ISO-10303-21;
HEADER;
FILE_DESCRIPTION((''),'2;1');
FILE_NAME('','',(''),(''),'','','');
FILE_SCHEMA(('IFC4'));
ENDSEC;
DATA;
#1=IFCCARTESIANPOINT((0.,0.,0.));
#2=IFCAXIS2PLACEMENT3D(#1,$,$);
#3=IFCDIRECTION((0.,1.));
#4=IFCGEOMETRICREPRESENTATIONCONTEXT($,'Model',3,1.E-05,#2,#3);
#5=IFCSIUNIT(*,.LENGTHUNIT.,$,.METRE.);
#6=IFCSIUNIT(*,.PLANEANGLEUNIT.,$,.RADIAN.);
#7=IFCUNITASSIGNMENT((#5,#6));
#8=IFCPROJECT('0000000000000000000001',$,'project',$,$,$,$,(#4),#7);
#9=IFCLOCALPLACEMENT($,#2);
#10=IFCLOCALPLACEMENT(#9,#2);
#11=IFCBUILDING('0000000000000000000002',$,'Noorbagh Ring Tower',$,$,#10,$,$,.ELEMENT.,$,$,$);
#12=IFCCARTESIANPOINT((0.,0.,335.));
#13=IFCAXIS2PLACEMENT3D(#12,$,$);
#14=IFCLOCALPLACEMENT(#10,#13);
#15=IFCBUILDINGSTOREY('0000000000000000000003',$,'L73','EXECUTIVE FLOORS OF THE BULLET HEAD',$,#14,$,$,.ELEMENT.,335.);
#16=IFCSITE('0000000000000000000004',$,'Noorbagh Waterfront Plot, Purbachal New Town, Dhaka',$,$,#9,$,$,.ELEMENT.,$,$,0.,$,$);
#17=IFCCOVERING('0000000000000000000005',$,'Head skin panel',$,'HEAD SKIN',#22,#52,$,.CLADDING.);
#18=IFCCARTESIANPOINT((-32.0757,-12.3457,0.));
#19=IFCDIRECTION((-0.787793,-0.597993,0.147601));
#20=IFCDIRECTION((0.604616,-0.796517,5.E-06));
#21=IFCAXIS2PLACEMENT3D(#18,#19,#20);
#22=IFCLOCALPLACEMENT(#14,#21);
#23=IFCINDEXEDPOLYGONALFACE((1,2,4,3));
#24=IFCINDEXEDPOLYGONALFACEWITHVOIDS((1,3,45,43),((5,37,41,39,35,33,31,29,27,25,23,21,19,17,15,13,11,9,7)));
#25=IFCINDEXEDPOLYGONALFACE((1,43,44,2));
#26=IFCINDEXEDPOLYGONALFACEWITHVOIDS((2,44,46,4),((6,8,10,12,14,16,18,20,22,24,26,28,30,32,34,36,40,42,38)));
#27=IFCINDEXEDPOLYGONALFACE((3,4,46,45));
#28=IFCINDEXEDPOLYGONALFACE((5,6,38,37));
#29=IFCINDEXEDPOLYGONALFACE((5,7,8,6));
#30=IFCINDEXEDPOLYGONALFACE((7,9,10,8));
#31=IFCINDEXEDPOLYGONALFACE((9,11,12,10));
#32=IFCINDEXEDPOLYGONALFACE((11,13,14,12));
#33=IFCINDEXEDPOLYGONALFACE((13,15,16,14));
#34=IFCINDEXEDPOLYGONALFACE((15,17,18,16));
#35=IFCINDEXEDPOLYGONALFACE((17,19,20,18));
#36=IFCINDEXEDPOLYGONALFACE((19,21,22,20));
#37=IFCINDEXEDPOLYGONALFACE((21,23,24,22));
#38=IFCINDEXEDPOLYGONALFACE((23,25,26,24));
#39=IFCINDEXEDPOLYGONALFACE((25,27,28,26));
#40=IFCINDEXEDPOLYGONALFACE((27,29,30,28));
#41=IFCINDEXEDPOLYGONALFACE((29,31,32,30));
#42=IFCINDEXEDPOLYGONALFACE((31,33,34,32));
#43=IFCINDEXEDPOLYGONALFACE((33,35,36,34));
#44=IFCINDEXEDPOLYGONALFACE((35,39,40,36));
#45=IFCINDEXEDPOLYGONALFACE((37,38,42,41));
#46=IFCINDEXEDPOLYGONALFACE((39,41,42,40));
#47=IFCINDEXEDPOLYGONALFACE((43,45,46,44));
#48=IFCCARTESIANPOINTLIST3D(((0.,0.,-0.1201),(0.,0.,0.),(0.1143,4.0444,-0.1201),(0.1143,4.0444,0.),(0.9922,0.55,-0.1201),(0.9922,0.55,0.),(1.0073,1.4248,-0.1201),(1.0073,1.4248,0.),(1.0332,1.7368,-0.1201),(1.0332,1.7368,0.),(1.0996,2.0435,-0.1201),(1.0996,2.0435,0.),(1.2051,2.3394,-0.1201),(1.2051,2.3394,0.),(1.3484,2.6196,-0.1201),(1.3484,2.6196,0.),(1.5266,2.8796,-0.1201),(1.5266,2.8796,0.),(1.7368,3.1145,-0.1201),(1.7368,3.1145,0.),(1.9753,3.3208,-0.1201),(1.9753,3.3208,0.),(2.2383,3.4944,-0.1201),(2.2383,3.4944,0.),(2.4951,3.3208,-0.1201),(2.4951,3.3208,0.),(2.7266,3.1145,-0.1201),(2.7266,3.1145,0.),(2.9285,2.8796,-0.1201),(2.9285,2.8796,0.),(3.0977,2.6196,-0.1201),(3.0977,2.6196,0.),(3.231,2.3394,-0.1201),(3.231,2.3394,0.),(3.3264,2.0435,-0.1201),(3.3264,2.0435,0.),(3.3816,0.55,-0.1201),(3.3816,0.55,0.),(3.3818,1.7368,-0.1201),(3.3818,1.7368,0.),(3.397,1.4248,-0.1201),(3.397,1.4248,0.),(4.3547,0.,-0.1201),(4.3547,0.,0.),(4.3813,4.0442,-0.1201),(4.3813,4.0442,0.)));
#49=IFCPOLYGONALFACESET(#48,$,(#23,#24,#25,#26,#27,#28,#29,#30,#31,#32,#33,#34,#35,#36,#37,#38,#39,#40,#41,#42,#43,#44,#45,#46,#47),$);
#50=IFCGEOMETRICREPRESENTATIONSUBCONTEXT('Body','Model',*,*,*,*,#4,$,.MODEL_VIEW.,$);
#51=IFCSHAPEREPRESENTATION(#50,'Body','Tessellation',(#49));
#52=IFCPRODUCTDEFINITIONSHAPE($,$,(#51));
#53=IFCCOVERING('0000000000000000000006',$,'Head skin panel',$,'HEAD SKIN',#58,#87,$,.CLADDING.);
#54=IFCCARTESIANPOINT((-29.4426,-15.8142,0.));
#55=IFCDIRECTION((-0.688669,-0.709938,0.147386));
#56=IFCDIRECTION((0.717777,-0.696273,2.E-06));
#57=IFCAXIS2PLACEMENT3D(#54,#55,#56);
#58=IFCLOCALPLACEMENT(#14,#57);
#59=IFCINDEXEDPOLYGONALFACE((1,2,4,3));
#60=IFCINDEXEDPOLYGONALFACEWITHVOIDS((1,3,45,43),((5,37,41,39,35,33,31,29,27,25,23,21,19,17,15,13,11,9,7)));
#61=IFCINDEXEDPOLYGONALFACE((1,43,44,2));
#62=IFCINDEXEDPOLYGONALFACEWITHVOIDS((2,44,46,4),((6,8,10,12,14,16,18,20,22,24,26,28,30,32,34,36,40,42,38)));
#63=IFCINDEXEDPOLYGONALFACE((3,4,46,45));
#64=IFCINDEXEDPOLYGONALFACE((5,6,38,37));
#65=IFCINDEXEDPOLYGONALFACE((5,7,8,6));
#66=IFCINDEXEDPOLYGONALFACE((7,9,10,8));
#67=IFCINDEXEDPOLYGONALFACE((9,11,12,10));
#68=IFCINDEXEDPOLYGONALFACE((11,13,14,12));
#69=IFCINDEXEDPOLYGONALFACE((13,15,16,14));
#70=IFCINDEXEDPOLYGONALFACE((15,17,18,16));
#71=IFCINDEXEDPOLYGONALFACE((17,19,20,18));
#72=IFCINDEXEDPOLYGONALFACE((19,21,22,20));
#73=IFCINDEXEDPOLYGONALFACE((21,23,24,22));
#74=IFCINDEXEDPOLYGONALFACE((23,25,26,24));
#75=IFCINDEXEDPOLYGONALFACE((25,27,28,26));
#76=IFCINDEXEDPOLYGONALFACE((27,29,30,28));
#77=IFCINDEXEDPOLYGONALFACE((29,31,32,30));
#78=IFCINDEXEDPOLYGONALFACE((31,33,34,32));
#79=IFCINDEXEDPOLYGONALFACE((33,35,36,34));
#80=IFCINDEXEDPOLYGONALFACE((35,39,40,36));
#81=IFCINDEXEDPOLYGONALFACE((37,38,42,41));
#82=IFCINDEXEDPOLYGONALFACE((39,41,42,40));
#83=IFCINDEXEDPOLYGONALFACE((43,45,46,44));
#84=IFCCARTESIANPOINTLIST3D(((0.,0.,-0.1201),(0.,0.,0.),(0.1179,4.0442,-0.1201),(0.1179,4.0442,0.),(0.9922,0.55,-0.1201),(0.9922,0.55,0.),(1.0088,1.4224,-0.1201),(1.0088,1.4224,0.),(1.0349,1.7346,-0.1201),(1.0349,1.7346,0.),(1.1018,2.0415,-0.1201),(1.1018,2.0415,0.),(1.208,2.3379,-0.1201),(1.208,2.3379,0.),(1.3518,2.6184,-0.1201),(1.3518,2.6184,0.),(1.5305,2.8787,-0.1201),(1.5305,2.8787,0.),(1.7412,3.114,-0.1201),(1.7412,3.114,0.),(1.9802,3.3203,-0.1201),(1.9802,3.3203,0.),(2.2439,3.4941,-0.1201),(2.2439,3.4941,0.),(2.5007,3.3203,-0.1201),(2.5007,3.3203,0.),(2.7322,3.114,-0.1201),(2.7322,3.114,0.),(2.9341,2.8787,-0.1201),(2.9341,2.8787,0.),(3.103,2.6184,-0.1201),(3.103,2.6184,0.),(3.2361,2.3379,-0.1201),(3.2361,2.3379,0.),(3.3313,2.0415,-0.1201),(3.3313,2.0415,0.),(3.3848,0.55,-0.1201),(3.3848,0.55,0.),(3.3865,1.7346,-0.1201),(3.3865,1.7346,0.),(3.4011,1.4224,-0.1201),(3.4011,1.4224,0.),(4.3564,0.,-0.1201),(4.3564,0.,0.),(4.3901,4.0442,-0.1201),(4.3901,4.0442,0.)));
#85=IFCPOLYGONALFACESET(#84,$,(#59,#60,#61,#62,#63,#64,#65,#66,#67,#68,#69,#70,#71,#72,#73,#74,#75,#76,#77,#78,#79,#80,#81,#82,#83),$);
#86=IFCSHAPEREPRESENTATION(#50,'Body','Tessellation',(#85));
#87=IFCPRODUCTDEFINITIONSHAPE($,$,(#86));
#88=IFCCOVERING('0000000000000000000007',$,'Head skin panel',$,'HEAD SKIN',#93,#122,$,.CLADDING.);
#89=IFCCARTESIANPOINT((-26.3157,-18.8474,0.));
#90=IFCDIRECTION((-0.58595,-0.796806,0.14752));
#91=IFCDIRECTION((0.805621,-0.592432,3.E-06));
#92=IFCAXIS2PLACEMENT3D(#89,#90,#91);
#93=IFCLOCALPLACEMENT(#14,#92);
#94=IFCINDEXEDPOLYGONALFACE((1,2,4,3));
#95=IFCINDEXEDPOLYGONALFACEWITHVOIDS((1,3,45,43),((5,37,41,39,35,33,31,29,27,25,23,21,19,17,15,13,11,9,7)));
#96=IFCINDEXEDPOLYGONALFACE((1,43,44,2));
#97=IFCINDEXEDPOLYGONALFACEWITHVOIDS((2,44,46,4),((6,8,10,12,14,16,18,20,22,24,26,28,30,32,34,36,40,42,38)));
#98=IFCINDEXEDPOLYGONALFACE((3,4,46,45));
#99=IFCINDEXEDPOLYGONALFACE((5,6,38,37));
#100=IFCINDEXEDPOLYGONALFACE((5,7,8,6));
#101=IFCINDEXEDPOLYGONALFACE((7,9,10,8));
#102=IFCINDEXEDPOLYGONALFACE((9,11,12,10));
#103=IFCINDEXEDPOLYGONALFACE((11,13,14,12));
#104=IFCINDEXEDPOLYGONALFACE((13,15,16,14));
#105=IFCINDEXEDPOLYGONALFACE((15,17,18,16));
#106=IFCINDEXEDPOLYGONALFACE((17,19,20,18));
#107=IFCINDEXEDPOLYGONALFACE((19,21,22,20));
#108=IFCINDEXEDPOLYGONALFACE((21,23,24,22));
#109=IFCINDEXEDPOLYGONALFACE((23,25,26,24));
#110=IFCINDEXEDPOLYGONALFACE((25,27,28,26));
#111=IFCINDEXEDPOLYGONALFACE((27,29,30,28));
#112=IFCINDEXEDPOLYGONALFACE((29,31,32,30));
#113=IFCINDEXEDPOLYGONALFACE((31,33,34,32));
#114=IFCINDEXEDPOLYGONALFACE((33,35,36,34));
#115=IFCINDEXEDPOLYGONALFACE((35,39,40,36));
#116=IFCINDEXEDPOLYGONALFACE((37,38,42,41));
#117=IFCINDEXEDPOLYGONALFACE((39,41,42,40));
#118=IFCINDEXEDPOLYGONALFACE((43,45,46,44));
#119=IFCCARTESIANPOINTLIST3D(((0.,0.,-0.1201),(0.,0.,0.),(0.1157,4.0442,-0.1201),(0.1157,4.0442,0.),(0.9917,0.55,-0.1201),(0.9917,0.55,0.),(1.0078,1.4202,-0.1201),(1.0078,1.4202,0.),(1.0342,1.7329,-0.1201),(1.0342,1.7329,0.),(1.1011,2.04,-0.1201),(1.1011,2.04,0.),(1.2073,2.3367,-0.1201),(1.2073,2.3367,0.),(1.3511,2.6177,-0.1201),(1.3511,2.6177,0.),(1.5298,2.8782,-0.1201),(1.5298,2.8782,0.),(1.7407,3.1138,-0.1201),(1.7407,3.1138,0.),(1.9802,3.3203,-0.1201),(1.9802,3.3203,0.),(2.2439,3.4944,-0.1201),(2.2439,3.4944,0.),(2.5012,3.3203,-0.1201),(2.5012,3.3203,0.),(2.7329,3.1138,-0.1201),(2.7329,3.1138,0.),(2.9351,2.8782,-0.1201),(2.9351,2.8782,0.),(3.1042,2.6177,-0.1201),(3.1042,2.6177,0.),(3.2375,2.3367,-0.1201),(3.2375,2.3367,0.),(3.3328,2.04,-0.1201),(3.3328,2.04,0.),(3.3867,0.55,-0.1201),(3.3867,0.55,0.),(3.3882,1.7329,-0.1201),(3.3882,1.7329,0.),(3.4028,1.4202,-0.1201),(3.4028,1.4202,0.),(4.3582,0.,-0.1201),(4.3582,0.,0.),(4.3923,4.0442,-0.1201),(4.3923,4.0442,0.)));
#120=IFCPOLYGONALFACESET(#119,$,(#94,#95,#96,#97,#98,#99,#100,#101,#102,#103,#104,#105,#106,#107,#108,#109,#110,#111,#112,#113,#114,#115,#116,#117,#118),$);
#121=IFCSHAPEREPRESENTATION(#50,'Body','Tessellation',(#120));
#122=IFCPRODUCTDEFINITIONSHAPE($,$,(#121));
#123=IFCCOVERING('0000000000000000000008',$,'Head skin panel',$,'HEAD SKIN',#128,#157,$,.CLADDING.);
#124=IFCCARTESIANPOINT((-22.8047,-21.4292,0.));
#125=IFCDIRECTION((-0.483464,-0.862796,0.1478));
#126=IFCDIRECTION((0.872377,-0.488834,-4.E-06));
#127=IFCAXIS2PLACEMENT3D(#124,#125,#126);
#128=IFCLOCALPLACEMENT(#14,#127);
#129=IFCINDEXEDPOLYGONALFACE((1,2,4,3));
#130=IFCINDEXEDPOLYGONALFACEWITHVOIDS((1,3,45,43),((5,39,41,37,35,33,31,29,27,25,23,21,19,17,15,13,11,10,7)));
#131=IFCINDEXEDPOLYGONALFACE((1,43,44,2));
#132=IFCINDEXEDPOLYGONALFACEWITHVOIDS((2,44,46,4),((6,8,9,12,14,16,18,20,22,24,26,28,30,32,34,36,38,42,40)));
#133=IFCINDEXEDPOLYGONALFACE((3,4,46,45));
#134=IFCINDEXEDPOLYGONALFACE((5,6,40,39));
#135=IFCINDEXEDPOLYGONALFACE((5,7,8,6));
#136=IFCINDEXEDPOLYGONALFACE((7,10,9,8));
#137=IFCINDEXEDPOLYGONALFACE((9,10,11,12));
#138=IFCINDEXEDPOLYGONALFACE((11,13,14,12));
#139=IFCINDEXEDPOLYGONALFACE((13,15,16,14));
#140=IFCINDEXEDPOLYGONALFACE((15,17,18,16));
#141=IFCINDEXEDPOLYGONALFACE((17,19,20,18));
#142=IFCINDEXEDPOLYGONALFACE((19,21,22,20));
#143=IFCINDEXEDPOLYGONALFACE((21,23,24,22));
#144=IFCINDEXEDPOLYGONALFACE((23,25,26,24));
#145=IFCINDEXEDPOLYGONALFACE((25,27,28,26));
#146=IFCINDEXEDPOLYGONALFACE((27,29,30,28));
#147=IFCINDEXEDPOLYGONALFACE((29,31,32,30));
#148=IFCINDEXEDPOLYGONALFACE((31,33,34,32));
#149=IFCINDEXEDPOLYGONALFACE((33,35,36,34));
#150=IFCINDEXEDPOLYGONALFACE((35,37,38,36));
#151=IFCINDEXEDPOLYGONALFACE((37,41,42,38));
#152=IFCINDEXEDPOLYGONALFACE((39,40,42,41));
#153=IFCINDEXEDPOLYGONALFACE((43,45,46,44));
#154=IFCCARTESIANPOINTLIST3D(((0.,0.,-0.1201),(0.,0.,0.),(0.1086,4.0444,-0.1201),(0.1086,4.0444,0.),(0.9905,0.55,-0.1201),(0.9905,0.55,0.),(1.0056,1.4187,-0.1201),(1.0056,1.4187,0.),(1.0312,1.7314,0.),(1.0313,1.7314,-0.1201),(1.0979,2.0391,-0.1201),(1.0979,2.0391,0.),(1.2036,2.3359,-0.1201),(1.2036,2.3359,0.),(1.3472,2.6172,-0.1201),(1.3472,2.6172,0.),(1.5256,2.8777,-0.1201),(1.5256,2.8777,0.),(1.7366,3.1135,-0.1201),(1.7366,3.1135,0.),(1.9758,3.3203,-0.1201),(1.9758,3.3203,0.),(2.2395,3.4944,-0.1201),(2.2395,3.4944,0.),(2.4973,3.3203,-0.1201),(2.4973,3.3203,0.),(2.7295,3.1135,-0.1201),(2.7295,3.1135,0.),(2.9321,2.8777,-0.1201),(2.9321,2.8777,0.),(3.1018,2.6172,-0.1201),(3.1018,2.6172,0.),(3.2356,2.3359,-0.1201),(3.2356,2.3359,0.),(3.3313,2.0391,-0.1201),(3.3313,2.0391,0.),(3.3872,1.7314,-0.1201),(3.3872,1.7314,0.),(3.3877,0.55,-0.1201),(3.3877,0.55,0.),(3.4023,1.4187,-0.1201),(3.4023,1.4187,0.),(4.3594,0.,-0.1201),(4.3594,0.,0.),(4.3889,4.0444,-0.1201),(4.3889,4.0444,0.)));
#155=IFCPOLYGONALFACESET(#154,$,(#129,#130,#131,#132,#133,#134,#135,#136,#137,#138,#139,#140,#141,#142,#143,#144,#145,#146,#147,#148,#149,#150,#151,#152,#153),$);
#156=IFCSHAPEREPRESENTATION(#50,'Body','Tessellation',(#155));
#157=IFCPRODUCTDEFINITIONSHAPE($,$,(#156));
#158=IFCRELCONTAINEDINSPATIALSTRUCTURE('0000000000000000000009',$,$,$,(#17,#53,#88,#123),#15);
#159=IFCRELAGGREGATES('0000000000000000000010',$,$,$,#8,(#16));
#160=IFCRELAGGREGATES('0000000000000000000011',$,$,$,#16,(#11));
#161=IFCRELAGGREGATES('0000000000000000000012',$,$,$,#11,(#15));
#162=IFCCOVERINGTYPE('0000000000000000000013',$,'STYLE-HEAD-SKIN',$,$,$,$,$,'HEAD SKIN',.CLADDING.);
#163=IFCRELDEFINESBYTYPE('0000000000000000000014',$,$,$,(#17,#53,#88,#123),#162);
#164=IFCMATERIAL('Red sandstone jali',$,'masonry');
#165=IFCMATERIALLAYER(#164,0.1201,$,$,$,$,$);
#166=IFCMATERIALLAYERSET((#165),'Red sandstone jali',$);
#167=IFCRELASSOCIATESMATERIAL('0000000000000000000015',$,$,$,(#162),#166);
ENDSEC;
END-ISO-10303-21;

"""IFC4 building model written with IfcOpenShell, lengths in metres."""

from ifc_helpers import new_model, si_unit, direction, frame, origin, place, context, subcontext, project, spatial, polyline, outline, extrude, material, layer, layer_set, type_object, element, save


model = new_model("IFC4")

# Units and contexts
model_context = context("Model", 3, precision=1e-05, world=origin(), true_north=direction((0.0, 1.0)))
body_context = subcontext(model_context, "Body", "Model", "MODEL_VIEW")
ifc_project = project(units=[si_unit("LENGTHUNIT", "METRE"), si_unit("PLANEANGLEUNIT", "RADIAN")], contexts=[model_context])

# Site, building, storey
site_placement = place(None, origin())
site = spatial("IfcSite", under=ifc_project, at=site_placement, Name="Noorbagh Waterfront Plot, Purbachal New Town, Dhaka", CompositionType="ELEMENT", RefElevation=0.0)
building_placement = place(site_placement, origin())
building = spatial("IfcBuilding", under=site, at=building_placement, Name="Noorbagh Ring Tower", CompositionType="ELEMENT")
storey_placement = place(building_placement, frame((0.0, 0.0, 335.0)))
storey = spatial("IfcBuildingStorey", under=building, at=storey_placement, Name="L73", Description="EXECUTIVE FLOORS OF THE BULLET HEAD", CompositionType="ELEMENT", Elevation=335.0)

# Coverings
ifc_material_1 = material(Name="Red sandstone jali", Category="masonry")
ifc_layer_1 = layer(ifc_material_1, 0.1201)
ifc_layer_set_1 = layer_set([ifc_layer_1], Name="Red sandstone jali")
covering_type_1 = type_object("IfcCoveringType", Name="STYLE-HEAD-SKIN", ElementType="HEAD SKIN", PredefinedType="CLADDING", material=ifc_layer_set_1)
covering_1_placement = place(storey_placement, frame((-32.0757, -12.3457, 0.0), z_axis=(-0.787793, -0.597993, 0.147601), x_axis=(0.604616, -0.796517, 0.000005)))
element("IfcCovering", 1, at=covering_1_placement, inside=storey, type_object=covering_type_1, Name="Head skin panel", ObjectType="HEAD SKIN", PredefinedType="CLADDING", context=body_context, shape_type="SweptSolid", body=[
    extrude(outline(polyline([(0.0, 0.0), (4.3547, 0.0), (4.3813, 4.0442), (0.1143, 4.0444), (0.0, 0.0)]), holes=[polyline([(0.9922, 0.55), (1.0073, 1.4248), (1.0332, 1.7368), (1.0996, 2.0435), (1.2051, 2.3394), (1.3484, 2.6196), (1.5266, 2.8796), (1.7368, 3.1145), (1.9753, 3.3208), (2.2383, 3.4944), (2.4951, 3.3208), (2.7266, 3.1145), (2.9285, 2.8796), (3.0977, 2.6196), (3.231, 2.3394), (3.3264, 2.0435), (3.3818, 1.7368), (3.397, 1.4248), (3.3816, 0.55), (0.9922, 0.55)])]), origin(), (0.0, 0.0, -1.0), 0.1201),
])
covering_2_placement = place(storey_placement, frame((-29.4426, -15.8142, 0.0), z_axis=(-0.688669, -0.709938, 0.147386), x_axis=(0.717777, -0.696273, 0.000002)))
element("IfcCovering", 2, at=covering_2_placement, inside=storey, type_object=covering_type_1, Name="Head skin panel", ObjectType="HEAD SKIN", PredefinedType="CLADDING", context=body_context, shape_type="SweptSolid", body=[
    extrude(outline(polyline([(0.0, 0.0), (4.3564, 0.0), (4.3901, 4.0442), (0.1179, 4.0442), (0.0, 0.0)]), holes=[polyline([(0.9922, 0.55), (1.0088, 1.4224), (1.0349, 1.7346), (1.1018, 2.0415), (1.208, 2.3379), (1.3518, 2.6184), (1.5305, 2.8787), (1.7412, 3.114), (1.9802, 3.3203), (2.2439, 3.4941), (2.5007, 3.3203), (2.7322, 3.114), (2.9341, 2.8787), (3.103, 2.6184), (3.2361, 2.3379), (3.3313, 2.0415), (3.3865, 1.7346), (3.4011, 1.4224), (3.3848, 0.55), (0.9922, 0.55)])]), origin(), (0.0, 0.0, -1.0), 0.1201),
])
covering_3_placement = place(storey_placement, frame((-26.3157, -18.8474, 0.0), z_axis=(-0.58595, -0.796806, 0.14752), x_axis=(0.805621, -0.592432, 0.000003)))
element("IfcCovering", 3, at=covering_3_placement, inside=storey, type_object=covering_type_1, Name="Head skin panel", ObjectType="HEAD SKIN", PredefinedType="CLADDING", context=body_context, shape_type="SweptSolid", body=[
    extrude(outline(polyline([(0.0, 0.0), (4.3582, 0.0), (4.3923, 4.0442), (0.1157, 4.0442), (0.0, 0.0)]), holes=[polyline([(0.9917, 0.55), (1.0078, 1.4202), (1.0342, 1.7329), (1.1011, 2.04), (1.2073, 2.3367), (1.3511, 2.6177), (1.5298, 2.8782), (1.7407, 3.1138), (1.9802, 3.3203), (2.2439, 3.4944), (2.5012, 3.3203), (2.7329, 3.1138), (2.9351, 2.8782), (3.1042, 2.6177), (3.2375, 2.3367), (3.3328, 2.04), (3.3882, 1.7329), (3.4028, 1.4202), (3.3867, 0.55), (0.9917, 0.55)])]), origin(), (0.0, 0.0, -1.0), 0.1201),
])
covering_4_placement = place(storey_placement, frame((-22.8047, -21.4292, 0.0), z_axis=(-0.483464, -0.862796, 0.1478), x_axis=(0.872377, -0.488834, -0.000004)))
element("IfcCovering", 4, at=covering_4_placement, inside=storey, type_object=covering_type_1, Name="Head skin panel", ObjectType="HEAD SKIN", PredefinedType="CLADDING", context=body_context, shape_type="SweptSolid", body=[
    extrude(outline(polyline([(0.0, 0.0), (4.3594, 0.0), (4.3889, 4.0444), (0.1086, 4.0444), (0.0, 0.0)]), holes=[polyline([(0.9905, 0.55), (1.0056, 1.4187), (1.0312, 1.7314), (1.0979, 2.0391), (1.2036, 2.3359), (1.3472, 2.6172), (1.5256, 2.8777), (1.7366, 3.1135), (1.9758, 3.3203), (2.2395, 3.4944), (2.4973, 3.3203), (2.7295, 3.1135), (2.9321, 2.8777), (3.1018, 2.6172), (3.2356, 2.3359), (3.3313, 2.0391), (3.3872, 1.7314), (3.4023, 1.4187), (3.3877, 0.55), (0.9905, 0.55)])]), origin(), (0.0, 0.0, -1.0), 0.1201),
])

save(model, "model.ifc")
